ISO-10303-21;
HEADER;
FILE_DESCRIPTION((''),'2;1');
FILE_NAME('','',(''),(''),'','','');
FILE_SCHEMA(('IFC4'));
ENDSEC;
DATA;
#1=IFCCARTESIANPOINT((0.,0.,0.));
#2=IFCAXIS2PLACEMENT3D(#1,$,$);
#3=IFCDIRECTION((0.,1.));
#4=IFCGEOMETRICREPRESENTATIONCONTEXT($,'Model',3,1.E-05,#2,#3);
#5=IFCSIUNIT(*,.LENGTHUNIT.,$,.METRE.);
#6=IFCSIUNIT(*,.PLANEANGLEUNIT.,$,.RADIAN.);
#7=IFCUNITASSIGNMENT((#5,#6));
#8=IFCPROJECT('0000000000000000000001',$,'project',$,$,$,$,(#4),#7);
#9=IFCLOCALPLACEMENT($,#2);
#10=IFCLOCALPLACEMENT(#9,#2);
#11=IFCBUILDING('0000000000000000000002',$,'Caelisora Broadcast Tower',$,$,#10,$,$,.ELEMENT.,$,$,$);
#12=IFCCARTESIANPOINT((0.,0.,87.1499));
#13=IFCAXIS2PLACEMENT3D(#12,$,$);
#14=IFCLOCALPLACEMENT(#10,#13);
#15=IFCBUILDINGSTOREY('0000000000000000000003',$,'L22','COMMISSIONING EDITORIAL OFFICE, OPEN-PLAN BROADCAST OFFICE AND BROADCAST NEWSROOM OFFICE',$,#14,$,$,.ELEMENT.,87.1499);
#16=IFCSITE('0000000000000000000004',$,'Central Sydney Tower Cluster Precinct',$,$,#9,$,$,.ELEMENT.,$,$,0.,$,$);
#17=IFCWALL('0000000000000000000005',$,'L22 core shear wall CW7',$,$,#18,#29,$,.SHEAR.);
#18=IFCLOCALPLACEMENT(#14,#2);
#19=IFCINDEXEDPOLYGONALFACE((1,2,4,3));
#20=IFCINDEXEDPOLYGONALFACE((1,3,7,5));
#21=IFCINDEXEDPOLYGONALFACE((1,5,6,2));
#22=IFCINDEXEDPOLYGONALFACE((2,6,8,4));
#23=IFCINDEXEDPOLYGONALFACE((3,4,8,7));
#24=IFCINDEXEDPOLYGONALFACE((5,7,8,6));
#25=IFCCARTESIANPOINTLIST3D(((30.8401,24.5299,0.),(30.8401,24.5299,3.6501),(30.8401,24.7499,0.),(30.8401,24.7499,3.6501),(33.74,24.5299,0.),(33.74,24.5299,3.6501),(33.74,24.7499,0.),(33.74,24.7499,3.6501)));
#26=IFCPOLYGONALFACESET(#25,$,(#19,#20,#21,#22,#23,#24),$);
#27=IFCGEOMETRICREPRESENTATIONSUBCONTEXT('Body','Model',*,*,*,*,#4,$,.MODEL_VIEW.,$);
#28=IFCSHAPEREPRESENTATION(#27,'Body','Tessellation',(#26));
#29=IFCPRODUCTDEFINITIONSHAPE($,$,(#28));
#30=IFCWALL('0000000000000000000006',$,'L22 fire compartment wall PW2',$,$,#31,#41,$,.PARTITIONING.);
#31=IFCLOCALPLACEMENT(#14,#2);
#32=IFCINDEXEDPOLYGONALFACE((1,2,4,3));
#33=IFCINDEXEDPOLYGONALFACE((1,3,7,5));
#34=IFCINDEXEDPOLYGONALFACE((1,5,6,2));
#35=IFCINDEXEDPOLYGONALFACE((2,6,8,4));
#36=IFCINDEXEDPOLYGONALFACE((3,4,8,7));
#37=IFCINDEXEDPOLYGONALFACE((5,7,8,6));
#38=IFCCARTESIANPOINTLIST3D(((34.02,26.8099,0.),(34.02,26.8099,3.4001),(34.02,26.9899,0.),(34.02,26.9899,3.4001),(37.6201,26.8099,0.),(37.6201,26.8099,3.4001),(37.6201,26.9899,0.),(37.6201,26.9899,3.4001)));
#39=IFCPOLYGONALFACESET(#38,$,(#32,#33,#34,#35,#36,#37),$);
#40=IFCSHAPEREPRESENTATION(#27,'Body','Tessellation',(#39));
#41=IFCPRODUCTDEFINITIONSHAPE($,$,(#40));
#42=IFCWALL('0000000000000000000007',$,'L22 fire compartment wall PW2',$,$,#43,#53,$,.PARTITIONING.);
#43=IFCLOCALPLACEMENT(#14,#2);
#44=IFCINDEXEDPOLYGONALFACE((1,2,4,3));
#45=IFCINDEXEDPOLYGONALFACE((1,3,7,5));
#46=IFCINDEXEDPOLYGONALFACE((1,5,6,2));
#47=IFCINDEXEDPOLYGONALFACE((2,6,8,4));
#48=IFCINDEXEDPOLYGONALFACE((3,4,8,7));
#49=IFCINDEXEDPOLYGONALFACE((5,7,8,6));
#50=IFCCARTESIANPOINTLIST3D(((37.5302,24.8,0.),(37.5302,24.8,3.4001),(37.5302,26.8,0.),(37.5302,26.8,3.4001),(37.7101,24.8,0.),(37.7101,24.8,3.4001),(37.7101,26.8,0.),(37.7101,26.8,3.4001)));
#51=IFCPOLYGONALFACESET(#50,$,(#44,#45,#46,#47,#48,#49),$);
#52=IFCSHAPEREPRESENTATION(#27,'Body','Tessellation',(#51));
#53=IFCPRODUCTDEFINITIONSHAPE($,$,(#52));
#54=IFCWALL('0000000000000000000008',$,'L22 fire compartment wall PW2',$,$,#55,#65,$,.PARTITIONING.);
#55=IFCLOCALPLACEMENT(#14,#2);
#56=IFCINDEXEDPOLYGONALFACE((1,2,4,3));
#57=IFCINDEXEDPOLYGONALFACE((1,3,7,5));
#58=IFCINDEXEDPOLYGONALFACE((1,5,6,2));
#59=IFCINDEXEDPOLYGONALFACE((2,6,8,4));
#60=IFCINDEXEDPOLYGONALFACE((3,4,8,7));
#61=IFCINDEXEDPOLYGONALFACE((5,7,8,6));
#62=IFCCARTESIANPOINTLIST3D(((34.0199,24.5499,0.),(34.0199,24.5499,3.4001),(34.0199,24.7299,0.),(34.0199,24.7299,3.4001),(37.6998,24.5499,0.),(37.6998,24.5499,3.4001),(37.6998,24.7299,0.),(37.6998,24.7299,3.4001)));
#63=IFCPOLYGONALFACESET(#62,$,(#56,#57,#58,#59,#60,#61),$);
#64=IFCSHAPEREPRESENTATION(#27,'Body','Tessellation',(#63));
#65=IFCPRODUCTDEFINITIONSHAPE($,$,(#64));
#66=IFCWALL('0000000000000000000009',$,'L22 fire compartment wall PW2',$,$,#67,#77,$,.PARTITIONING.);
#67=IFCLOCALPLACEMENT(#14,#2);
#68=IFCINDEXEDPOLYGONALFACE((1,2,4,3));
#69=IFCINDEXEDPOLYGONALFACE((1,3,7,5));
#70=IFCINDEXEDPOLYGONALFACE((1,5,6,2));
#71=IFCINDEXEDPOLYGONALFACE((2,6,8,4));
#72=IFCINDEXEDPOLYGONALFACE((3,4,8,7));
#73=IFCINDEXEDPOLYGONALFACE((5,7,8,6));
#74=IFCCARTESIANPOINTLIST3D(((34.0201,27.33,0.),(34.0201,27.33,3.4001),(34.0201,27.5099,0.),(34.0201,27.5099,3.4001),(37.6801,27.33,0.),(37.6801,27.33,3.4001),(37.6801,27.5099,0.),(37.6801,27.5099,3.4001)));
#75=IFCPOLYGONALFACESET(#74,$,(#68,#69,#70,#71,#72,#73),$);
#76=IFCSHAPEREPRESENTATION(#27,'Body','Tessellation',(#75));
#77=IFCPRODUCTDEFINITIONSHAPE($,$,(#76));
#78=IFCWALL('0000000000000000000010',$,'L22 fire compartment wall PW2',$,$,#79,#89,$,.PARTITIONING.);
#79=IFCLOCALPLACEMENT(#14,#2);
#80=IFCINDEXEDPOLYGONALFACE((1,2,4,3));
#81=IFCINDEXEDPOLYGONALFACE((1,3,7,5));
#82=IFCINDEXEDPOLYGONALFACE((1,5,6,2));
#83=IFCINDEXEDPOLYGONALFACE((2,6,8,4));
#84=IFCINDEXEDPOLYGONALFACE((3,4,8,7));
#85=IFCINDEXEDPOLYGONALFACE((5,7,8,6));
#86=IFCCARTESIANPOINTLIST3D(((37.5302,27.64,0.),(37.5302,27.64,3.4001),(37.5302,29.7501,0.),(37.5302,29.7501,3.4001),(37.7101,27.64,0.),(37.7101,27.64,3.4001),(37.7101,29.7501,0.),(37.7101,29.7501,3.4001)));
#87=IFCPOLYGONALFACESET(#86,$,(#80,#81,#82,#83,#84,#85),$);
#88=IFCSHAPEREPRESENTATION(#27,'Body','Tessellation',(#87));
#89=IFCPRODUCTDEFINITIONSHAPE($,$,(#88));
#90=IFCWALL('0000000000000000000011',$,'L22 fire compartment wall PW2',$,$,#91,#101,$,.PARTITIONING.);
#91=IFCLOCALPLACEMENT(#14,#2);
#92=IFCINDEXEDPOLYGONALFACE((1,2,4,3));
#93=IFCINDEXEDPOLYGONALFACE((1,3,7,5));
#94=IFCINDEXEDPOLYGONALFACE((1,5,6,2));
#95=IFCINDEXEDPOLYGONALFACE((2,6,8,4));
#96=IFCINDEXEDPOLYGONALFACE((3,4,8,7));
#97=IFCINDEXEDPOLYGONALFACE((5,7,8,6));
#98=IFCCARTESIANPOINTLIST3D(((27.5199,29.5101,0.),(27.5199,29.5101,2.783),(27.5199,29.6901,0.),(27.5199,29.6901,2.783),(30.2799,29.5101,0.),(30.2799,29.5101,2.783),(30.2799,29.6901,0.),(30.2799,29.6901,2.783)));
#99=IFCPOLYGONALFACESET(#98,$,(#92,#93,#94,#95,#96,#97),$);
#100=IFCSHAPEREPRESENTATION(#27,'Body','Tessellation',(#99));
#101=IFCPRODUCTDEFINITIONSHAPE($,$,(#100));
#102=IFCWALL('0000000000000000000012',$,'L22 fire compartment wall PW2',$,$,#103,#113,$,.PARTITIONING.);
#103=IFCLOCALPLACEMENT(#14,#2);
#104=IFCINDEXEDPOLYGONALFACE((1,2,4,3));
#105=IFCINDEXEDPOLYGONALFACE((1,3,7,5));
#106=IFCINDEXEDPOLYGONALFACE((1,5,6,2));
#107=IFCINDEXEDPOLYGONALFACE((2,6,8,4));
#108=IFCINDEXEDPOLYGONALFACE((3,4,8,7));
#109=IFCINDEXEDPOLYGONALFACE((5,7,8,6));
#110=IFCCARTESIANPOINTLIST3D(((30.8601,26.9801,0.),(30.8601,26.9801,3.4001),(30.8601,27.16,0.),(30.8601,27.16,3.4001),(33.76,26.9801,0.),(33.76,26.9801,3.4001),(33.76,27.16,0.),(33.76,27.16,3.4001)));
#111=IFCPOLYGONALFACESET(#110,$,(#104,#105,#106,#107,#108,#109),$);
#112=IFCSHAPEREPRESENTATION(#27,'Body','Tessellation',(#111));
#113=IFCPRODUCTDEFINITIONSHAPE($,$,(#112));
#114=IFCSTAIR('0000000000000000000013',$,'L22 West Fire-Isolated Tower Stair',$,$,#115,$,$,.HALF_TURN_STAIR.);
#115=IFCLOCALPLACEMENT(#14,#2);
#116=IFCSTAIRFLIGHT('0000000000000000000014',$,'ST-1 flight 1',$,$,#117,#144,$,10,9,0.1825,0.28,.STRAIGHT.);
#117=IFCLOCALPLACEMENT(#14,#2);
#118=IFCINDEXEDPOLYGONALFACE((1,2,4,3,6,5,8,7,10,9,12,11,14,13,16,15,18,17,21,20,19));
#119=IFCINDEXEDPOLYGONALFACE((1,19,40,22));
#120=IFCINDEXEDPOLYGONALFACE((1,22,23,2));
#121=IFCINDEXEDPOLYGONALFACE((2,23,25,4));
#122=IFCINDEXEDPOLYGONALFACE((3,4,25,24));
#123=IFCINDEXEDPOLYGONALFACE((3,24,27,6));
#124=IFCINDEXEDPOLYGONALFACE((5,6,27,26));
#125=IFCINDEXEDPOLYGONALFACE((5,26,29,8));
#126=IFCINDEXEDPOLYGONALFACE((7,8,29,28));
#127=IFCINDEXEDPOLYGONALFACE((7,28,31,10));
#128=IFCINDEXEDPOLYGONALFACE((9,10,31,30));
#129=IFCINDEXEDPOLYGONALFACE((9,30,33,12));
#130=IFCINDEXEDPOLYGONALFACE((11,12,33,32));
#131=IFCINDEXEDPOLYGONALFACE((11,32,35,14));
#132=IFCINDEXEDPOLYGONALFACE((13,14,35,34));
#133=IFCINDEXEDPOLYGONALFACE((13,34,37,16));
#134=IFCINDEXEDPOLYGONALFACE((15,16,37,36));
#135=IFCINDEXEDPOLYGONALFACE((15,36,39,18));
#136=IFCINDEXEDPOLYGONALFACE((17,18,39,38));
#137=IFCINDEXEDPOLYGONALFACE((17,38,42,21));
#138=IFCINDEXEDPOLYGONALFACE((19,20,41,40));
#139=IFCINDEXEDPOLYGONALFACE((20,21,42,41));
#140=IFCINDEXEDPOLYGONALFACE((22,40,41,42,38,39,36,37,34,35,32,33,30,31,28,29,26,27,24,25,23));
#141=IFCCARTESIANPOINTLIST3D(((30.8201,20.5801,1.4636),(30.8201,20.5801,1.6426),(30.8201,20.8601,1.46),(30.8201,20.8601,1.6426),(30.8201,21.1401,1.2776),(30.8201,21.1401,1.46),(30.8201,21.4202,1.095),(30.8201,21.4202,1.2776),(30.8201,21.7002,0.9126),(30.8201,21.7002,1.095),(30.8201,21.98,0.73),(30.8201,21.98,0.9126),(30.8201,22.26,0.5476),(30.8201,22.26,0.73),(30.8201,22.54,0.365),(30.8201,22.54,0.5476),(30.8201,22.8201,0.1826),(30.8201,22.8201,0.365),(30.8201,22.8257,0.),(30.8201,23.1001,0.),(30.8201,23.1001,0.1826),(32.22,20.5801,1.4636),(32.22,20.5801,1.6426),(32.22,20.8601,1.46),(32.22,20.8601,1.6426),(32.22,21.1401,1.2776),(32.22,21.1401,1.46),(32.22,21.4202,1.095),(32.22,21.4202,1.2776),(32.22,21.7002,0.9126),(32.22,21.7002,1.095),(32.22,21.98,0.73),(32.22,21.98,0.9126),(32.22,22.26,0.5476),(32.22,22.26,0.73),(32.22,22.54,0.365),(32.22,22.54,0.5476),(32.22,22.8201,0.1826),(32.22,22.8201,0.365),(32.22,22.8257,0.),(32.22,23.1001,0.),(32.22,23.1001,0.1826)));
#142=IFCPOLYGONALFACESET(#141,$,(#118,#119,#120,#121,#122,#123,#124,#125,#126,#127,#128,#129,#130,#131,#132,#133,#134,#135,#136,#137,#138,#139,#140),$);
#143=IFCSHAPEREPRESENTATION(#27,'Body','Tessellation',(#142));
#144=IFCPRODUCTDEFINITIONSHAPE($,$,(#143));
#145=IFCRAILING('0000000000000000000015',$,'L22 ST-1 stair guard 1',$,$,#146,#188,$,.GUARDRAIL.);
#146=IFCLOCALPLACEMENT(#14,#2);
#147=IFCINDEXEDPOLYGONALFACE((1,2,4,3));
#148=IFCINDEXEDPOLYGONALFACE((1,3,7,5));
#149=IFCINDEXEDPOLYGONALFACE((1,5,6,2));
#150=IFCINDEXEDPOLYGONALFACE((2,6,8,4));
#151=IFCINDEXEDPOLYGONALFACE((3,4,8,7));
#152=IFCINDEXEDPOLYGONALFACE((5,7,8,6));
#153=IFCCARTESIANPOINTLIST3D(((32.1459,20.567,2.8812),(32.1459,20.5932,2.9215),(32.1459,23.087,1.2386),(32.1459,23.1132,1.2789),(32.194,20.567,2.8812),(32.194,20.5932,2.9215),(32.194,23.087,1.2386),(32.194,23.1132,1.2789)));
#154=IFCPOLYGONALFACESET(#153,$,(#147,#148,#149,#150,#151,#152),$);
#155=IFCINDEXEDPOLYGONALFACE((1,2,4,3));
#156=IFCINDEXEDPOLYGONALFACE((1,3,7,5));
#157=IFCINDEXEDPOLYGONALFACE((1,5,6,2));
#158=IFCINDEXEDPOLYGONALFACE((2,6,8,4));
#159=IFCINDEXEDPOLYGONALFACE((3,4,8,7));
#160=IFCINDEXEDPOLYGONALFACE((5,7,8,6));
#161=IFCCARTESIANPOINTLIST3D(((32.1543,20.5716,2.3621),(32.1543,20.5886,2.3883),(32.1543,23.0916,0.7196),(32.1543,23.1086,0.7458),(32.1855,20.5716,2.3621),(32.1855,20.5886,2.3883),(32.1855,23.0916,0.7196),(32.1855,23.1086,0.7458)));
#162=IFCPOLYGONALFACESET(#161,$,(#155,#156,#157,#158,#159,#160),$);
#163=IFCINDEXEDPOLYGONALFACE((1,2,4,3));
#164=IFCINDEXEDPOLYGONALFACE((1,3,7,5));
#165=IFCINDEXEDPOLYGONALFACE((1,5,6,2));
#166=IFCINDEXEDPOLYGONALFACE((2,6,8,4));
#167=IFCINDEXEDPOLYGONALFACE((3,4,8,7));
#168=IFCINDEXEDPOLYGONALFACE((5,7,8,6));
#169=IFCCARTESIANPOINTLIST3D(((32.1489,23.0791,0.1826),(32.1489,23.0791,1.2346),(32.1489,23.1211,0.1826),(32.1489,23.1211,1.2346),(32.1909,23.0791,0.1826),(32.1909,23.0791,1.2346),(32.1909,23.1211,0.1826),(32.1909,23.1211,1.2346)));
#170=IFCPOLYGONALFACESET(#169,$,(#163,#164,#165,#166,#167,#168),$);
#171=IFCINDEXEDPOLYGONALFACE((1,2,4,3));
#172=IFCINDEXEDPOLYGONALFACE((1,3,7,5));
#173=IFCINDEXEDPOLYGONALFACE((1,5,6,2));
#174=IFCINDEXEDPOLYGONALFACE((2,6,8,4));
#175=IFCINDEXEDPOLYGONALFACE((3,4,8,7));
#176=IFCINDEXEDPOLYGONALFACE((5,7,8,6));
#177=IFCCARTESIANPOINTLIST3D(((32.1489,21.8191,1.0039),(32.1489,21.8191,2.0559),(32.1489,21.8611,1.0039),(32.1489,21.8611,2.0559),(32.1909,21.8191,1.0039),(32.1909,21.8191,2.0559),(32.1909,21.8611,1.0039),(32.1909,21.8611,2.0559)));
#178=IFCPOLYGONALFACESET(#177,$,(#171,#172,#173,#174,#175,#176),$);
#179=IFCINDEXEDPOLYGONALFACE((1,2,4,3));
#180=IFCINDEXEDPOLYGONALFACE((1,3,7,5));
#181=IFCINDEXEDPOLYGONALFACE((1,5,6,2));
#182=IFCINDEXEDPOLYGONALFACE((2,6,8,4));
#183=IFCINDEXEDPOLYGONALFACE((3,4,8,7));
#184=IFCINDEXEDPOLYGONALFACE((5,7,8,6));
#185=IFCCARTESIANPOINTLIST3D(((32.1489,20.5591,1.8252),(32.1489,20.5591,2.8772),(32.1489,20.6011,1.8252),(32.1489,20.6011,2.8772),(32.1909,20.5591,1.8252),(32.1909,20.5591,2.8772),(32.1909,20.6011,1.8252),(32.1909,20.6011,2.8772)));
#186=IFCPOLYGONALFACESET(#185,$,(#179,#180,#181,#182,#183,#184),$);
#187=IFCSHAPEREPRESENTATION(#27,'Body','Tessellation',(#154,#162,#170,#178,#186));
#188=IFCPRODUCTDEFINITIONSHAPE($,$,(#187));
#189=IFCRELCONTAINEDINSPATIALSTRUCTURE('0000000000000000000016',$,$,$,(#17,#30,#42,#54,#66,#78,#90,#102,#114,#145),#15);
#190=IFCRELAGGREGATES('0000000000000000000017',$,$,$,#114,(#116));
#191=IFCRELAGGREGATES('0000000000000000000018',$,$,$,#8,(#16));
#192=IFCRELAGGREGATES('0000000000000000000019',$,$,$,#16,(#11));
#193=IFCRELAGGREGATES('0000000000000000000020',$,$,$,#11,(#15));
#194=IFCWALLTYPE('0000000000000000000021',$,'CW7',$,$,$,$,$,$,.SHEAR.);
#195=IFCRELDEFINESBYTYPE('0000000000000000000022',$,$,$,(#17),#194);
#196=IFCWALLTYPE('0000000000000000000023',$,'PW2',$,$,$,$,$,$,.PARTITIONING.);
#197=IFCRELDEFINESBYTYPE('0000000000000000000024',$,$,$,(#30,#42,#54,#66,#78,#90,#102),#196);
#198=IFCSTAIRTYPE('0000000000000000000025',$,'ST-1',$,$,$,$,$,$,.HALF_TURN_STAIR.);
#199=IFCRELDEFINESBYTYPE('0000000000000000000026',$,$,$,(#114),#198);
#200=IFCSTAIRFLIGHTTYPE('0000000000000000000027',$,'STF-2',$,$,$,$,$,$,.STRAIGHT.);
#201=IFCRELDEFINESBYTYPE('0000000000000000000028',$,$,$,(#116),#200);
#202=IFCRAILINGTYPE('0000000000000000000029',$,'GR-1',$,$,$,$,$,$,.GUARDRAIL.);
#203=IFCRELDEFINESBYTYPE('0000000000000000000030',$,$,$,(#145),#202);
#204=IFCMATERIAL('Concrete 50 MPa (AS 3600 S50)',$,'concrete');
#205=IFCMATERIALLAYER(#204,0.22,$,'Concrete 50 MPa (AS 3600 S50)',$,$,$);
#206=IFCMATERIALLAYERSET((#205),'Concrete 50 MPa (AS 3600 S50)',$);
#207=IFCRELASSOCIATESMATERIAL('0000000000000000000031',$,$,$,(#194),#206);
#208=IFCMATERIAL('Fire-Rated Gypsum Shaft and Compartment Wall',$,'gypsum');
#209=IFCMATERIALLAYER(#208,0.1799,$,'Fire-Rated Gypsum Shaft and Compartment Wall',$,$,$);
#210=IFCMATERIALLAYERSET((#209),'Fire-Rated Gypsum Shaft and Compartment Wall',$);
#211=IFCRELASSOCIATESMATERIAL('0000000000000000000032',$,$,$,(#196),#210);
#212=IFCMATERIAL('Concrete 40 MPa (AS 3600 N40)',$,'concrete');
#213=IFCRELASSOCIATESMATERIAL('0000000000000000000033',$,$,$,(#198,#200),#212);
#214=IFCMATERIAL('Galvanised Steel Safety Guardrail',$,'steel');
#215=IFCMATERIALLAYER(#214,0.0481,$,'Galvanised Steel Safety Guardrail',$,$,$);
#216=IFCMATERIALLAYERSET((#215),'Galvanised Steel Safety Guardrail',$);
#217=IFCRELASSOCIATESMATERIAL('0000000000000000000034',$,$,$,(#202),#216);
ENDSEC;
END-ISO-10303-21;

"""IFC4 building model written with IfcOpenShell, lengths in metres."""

from ifc_helpers import new_model, si_unit, direction, frame, frame_2d, origin, origin_2d, place, context, subcontext, project, spatial, polyline, rectangle, outline, extrude, material, layer, layer_set, type_object, element, aggregate, save


model = new_model("IFC4")

# Units and contexts
model_context = context("Model", 3, precision=1e-05, world=origin(), true_north=direction((0.0, 1.0)))
body_context = subcontext(model_context, "Body", "Model", "MODEL_VIEW")
ifc_project = project(units=[si_unit("LENGTHUNIT", "METRE"), si_unit("PLANEANGLEUNIT", "RADIAN")], contexts=[model_context])

# Site, building, storey
site_placement = place(None, origin())
site = spatial("IfcSite", under=ifc_project, at=site_placement, Name="Central Sydney Tower Cluster Precinct", CompositionType="ELEMENT", RefElevation=0.0)
building_placement = place(site_placement, origin())
building = spatial("IfcBuilding", under=site, at=building_placement, Name="Caelisora Broadcast Tower", CompositionType="ELEMENT")
storey_placement = place(building_placement, frame((0.0, 0.0, 87.1499)))
storey = spatial("IfcBuildingStorey", under=building, at=storey_placement, Name="L22", Description="COMMISSIONING EDITORIAL OFFICE, OPEN-PLAN BROADCAST OFFICE AND BROADCAST NEWSROOM OFFICE", CompositionType="ELEMENT", Elevation=87.1499)

# Shared definitions
ifc_material_1 = material(Name="Concrete 50 MPa (AS 3600 S50)", Category="concrete")

# Walls
ifc_layer_1 = layer(ifc_material_1, 0.22, Name="Concrete 50 MPa (AS 3600 S50)")
ifc_layer_set_1 = layer_set([ifc_layer_1], Name="Concrete 50 MPa (AS 3600 S50)")
wall_type_1 = type_object("IfcWallType", Name="CW7", PredefinedType="SHEAR", material=ifc_layer_set_1)
wall_1_placement = place(storey_placement, frame((30.8401, 24.6399, 0.0), z_axis=(0.0, 0.0, 1.0), x_axis=(1.0, 0.0, 0.0)))
element("IfcWall", 1, at=wall_1_placement, inside=storey, type_object=wall_type_1, Name="L22 core shear wall CW7", PredefinedType="SHEAR", context=body_context, shape_type="SweptSolid", body=[
    extrude(rectangle(XDim=2.8999, YDim=0.22, at=frame_2d((1.45, 0.0))), origin(), (0.0, 0.0, 1.0), 3.6501),
])
ifc_material_2 = material(Name="Fire-Rated Gypsum Shaft and Compartment Wall", Category="gypsum")
ifc_layer_2 = layer(ifc_material_2, 0.1799, Name="Fire-Rated Gypsum Shaft and Compartment Wall")
ifc_layer_set_2 = layer_set([ifc_layer_2], Name="Fire-Rated Gypsum Shaft and Compartment Wall")
wall_type_2 = type_object("IfcWallType", Name="PW2", PredefinedType="PARTITIONING", material=ifc_layer_set_2)
wall_2_placement = place(storey_placement, frame((34.02, 26.8999, 0.0), z_axis=(0.0, 0.0, 1.0), x_axis=(1.0, 0.0, 0.0)))
element("IfcWall", 2, at=wall_2_placement, inside=storey, type_object=wall_type_2, Name="L22 fire compartment wall PW2", PredefinedType="PARTITIONING", context=body_context, shape_type="SweptSolid", body=[
    extrude(rectangle(XDim=3.6001, YDim=0.1799, at=frame_2d((1.8, 0.0))), origin(), (0.0, 0.0, 1.0), 3.4001),
])
wall_3_placement = place(storey_placement, frame((37.6201, 24.8, 0.0), z_axis=(0.0, 0.0, 1.0), x_axis=(0.0, 1.0, 0.0)))
element("IfcWall", 3, at=wall_3_placement, inside=storey, type_object=wall_type_2, Name="L22 fire compartment wall PW2", PredefinedType="PARTITIONING", context=body_context, shape_type="SweptSolid", body=[
    extrude(rectangle(XDim=2.0, YDim=0.1799, at=frame_2d((1.0, 0.0))), origin(), (0.0, 0.0, 1.0), 3.4001),
])
wall_4_placement = place(storey_placement, frame((34.02, 24.6399, 0.0), z_axis=(0.0, 0.0, 1.0), x_axis=(1.0, 0.0, 0.0)))
element("IfcWall", 4, at=wall_4_placement, inside=storey, type_object=wall_type_2, Name="L22 fire compartment wall PW2", PredefinedType="PARTITIONING", context=body_context, shape_type="SweptSolid", body=[
    extrude(rectangle(XDim=3.6799, YDim=0.1799, at=frame_2d((1.8398, 0.0))), origin(), (0.0, 0.0, 1.0), 3.4001),
])
wall_5_placement = place(storey_placement, frame((34.02, 27.4199, 0.0), z_axis=(0.0, 0.0, 1.0), x_axis=(1.0, 0.0, 0.0)))
element("IfcWall", 5, at=wall_5_placement, inside=storey, type_object=wall_type_2, Name="L22 fire compartment wall PW2", PredefinedType="PARTITIONING", context=body_context, shape_type="SweptSolid", body=[
    extrude(rectangle(XDim=3.6599, YDim=0.1799, at=frame_2d((1.8301, 0.0))), origin(), (0.0, 0.0, 1.0), 3.4001),
])
wall_6_placement = place(storey_placement, frame((37.6201, 27.6399, 0.0), z_axis=(0.0, 0.0, 1.0), x_axis=(0.0, 1.0, 0.0)))
element("IfcWall", 6, at=wall_6_placement, inside=storey, type_object=wall_type_2, Name="L22 fire compartment wall PW2", PredefinedType="PARTITIONING", context=body_context, shape_type="SweptSolid", body=[
    extrude(rectangle(XDim=2.1101, YDim=0.1799, at=frame_2d((1.0552, 0.0))), origin(), (0.0, 0.0, 1.0), 3.4001),
])
wall_7_placement = place(storey_placement, frame((27.52, 29.6001, 0.0), z_axis=(0.0, 0.0, 1.0), x_axis=(1.0, 0.0, 0.0)))
element("IfcWall", 7, at=wall_7_placement, inside=storey, type_object=wall_type_2, Name="L22 fire compartment wall PW2", PredefinedType="PARTITIONING", context=body_context, shape_type="SweptSolid", body=[
    extrude(rectangle(XDim=2.76, YDim=0.1799, at=frame_2d((1.3799, 0.0))), origin(), (0.0, 0.0, 1.0), 2.783),
])
wall_8_placement = place(storey_placement, frame((30.8601, 27.0701, 0.0), z_axis=(0.0, 0.0, 1.0), x_axis=(1.0, 0.0, 0.0)))
element("IfcWall", 8, at=wall_8_placement, inside=storey, type_object=wall_type_2, Name="L22 fire compartment wall PW2", PredefinedType="PARTITIONING", context=body_context, shape_type="SweptSolid", body=[
    extrude(rectangle(XDim=2.8999, YDim=0.1799, at=frame_2d((1.45, 0.0))), origin(), (0.0, 0.0, 1.0), 3.4001),
])

# Stair, stair flight
ifc_material_3 = material(Name="Concrete 40 MPa (AS 3600 N40)", Category="concrete")
stair_type = type_object("IfcStairType", Name="ST-1", PredefinedType="HALF_TURN_STAIR", material=ifc_material_3)
stair_placement = place(storey_placement, origin())
stair = element("IfcStair", 9, at=stair_placement, inside=storey, type_object=stair_type, Name="L22 West Fire-Isolated Tower Stair", PredefinedType="HALF_TURN_STAIR")
stair_flight_type = type_object("IfcStairFlightType", Name="STF-2", PredefinedType="STRAIGHT", material=ifc_material_3)
stair_flight_placement = place(storey_placement, frame((31.52, 23.1001, 0.0), z_axis=(0.0, 0.0, 1.0), x_axis=(0.0, -1.0, 0.0)))
stair_flight = element("IfcStairFlight", 10, at=stair_flight_placement, type_object=stair_flight_type, Name="ST-1 flight 1", NumberOfRisers=10, NumberOfTreads=9, PredefinedType="STRAIGHT", RiserHeight=0.1825, TreadLength=0.28, context=body_context, shape_type="SweptSolid", body=[
    extrude(outline(polyline([(0.0, 0.0), (0.0, 0.1826), (0.28, 0.1826), (0.28, 0.365), (0.5601, 0.365), (0.5601, 0.5476), (0.8401, 0.5476), (0.8401, 0.73), (1.1201, 0.73), (1.1201, 0.9126), (1.3999, 0.9126), (1.3999, 1.095), (1.6799, 1.095), (1.6799, 1.2776), (1.96, 1.2776), (1.96, 1.46), (2.24, 1.46), (2.24, 1.6426), (2.52, 1.6426), (2.52, 1.825), (2.52, 1.4636), (0.2744, 0.0), (0.0, 0.0)])), frame((0.0, 0.7, 0.0), z_axis=(0.0, -1.0, 0.0), x_axis=(1.0, 0.0, 0.0)), (0.0, 0.0, 1.0), 1.3999),
])
aggregate(stair, [stair_flight])

# Railing
ifc_material_4 = material(Name="Galvanised Steel Safety Guardrail", Category="steel")
ifc_layer_3 = layer(ifc_material_4, 0.0481, Name="Galvanised Steel Safety Guardrail")
ifc_layer_set_3 = layer_set([ifc_layer_3], Name="Galvanised Steel Safety Guardrail")
railing_type = type_object("IfcRailingType", Name="GR-1", PredefinedType="GUARDRAIL", material=ifc_layer_set_3)
railing_1_placement = place(storey_placement, frame((32.1699, 23.1001, 0.1826)))
element("IfcRailing", 11, at=railing_1_placement, inside=storey, type_object=railing_type, Name="L22 ST-1 stair guard 1", PredefinedType="GUARDRAIL", context=body_context, shape_type="SweptSolid", body=[
    extrude(rectangle(XDim=0.0481, YDim=0.0481, at=origin_2d()), frame((0.0, 0.0, 1.0762), z_axis=(0.0, -0.837749, 0.546055), x_axis=(1.0, 0.0, 0.0)), (0.0, 0.0, 1.0), 3.0081),
    extrude(rectangle(XDim=0.0312, YDim=0.0312, at=origin_2d()), frame((0.0, 0.0, 0.55), z_axis=(0.0, -0.837749, 0.546055), x_axis=(1.0, 0.0, 0.0)), (0.0, 0.0, 1.0), 3.0081),
    extrude(rectangle(XDim=0.042, YDim=0.042, at=origin_2d()), origin(), (0.0, 0.0, 1.0), 1.052),
    extrude(rectangle(XDim=0.042, YDim=0.042, at=origin_2d()), frame((0.0, -1.26, 0.8213)), (0.0, 0.0, 1.0), 1.052),
    extrude(rectangle(XDim=0.042, YDim=0.042, at=origin_2d()), frame((0.0, -2.52, 1.6426)), (0.0, 0.0, 1.0), 1.052),
])

save(model, "model.ifc")
